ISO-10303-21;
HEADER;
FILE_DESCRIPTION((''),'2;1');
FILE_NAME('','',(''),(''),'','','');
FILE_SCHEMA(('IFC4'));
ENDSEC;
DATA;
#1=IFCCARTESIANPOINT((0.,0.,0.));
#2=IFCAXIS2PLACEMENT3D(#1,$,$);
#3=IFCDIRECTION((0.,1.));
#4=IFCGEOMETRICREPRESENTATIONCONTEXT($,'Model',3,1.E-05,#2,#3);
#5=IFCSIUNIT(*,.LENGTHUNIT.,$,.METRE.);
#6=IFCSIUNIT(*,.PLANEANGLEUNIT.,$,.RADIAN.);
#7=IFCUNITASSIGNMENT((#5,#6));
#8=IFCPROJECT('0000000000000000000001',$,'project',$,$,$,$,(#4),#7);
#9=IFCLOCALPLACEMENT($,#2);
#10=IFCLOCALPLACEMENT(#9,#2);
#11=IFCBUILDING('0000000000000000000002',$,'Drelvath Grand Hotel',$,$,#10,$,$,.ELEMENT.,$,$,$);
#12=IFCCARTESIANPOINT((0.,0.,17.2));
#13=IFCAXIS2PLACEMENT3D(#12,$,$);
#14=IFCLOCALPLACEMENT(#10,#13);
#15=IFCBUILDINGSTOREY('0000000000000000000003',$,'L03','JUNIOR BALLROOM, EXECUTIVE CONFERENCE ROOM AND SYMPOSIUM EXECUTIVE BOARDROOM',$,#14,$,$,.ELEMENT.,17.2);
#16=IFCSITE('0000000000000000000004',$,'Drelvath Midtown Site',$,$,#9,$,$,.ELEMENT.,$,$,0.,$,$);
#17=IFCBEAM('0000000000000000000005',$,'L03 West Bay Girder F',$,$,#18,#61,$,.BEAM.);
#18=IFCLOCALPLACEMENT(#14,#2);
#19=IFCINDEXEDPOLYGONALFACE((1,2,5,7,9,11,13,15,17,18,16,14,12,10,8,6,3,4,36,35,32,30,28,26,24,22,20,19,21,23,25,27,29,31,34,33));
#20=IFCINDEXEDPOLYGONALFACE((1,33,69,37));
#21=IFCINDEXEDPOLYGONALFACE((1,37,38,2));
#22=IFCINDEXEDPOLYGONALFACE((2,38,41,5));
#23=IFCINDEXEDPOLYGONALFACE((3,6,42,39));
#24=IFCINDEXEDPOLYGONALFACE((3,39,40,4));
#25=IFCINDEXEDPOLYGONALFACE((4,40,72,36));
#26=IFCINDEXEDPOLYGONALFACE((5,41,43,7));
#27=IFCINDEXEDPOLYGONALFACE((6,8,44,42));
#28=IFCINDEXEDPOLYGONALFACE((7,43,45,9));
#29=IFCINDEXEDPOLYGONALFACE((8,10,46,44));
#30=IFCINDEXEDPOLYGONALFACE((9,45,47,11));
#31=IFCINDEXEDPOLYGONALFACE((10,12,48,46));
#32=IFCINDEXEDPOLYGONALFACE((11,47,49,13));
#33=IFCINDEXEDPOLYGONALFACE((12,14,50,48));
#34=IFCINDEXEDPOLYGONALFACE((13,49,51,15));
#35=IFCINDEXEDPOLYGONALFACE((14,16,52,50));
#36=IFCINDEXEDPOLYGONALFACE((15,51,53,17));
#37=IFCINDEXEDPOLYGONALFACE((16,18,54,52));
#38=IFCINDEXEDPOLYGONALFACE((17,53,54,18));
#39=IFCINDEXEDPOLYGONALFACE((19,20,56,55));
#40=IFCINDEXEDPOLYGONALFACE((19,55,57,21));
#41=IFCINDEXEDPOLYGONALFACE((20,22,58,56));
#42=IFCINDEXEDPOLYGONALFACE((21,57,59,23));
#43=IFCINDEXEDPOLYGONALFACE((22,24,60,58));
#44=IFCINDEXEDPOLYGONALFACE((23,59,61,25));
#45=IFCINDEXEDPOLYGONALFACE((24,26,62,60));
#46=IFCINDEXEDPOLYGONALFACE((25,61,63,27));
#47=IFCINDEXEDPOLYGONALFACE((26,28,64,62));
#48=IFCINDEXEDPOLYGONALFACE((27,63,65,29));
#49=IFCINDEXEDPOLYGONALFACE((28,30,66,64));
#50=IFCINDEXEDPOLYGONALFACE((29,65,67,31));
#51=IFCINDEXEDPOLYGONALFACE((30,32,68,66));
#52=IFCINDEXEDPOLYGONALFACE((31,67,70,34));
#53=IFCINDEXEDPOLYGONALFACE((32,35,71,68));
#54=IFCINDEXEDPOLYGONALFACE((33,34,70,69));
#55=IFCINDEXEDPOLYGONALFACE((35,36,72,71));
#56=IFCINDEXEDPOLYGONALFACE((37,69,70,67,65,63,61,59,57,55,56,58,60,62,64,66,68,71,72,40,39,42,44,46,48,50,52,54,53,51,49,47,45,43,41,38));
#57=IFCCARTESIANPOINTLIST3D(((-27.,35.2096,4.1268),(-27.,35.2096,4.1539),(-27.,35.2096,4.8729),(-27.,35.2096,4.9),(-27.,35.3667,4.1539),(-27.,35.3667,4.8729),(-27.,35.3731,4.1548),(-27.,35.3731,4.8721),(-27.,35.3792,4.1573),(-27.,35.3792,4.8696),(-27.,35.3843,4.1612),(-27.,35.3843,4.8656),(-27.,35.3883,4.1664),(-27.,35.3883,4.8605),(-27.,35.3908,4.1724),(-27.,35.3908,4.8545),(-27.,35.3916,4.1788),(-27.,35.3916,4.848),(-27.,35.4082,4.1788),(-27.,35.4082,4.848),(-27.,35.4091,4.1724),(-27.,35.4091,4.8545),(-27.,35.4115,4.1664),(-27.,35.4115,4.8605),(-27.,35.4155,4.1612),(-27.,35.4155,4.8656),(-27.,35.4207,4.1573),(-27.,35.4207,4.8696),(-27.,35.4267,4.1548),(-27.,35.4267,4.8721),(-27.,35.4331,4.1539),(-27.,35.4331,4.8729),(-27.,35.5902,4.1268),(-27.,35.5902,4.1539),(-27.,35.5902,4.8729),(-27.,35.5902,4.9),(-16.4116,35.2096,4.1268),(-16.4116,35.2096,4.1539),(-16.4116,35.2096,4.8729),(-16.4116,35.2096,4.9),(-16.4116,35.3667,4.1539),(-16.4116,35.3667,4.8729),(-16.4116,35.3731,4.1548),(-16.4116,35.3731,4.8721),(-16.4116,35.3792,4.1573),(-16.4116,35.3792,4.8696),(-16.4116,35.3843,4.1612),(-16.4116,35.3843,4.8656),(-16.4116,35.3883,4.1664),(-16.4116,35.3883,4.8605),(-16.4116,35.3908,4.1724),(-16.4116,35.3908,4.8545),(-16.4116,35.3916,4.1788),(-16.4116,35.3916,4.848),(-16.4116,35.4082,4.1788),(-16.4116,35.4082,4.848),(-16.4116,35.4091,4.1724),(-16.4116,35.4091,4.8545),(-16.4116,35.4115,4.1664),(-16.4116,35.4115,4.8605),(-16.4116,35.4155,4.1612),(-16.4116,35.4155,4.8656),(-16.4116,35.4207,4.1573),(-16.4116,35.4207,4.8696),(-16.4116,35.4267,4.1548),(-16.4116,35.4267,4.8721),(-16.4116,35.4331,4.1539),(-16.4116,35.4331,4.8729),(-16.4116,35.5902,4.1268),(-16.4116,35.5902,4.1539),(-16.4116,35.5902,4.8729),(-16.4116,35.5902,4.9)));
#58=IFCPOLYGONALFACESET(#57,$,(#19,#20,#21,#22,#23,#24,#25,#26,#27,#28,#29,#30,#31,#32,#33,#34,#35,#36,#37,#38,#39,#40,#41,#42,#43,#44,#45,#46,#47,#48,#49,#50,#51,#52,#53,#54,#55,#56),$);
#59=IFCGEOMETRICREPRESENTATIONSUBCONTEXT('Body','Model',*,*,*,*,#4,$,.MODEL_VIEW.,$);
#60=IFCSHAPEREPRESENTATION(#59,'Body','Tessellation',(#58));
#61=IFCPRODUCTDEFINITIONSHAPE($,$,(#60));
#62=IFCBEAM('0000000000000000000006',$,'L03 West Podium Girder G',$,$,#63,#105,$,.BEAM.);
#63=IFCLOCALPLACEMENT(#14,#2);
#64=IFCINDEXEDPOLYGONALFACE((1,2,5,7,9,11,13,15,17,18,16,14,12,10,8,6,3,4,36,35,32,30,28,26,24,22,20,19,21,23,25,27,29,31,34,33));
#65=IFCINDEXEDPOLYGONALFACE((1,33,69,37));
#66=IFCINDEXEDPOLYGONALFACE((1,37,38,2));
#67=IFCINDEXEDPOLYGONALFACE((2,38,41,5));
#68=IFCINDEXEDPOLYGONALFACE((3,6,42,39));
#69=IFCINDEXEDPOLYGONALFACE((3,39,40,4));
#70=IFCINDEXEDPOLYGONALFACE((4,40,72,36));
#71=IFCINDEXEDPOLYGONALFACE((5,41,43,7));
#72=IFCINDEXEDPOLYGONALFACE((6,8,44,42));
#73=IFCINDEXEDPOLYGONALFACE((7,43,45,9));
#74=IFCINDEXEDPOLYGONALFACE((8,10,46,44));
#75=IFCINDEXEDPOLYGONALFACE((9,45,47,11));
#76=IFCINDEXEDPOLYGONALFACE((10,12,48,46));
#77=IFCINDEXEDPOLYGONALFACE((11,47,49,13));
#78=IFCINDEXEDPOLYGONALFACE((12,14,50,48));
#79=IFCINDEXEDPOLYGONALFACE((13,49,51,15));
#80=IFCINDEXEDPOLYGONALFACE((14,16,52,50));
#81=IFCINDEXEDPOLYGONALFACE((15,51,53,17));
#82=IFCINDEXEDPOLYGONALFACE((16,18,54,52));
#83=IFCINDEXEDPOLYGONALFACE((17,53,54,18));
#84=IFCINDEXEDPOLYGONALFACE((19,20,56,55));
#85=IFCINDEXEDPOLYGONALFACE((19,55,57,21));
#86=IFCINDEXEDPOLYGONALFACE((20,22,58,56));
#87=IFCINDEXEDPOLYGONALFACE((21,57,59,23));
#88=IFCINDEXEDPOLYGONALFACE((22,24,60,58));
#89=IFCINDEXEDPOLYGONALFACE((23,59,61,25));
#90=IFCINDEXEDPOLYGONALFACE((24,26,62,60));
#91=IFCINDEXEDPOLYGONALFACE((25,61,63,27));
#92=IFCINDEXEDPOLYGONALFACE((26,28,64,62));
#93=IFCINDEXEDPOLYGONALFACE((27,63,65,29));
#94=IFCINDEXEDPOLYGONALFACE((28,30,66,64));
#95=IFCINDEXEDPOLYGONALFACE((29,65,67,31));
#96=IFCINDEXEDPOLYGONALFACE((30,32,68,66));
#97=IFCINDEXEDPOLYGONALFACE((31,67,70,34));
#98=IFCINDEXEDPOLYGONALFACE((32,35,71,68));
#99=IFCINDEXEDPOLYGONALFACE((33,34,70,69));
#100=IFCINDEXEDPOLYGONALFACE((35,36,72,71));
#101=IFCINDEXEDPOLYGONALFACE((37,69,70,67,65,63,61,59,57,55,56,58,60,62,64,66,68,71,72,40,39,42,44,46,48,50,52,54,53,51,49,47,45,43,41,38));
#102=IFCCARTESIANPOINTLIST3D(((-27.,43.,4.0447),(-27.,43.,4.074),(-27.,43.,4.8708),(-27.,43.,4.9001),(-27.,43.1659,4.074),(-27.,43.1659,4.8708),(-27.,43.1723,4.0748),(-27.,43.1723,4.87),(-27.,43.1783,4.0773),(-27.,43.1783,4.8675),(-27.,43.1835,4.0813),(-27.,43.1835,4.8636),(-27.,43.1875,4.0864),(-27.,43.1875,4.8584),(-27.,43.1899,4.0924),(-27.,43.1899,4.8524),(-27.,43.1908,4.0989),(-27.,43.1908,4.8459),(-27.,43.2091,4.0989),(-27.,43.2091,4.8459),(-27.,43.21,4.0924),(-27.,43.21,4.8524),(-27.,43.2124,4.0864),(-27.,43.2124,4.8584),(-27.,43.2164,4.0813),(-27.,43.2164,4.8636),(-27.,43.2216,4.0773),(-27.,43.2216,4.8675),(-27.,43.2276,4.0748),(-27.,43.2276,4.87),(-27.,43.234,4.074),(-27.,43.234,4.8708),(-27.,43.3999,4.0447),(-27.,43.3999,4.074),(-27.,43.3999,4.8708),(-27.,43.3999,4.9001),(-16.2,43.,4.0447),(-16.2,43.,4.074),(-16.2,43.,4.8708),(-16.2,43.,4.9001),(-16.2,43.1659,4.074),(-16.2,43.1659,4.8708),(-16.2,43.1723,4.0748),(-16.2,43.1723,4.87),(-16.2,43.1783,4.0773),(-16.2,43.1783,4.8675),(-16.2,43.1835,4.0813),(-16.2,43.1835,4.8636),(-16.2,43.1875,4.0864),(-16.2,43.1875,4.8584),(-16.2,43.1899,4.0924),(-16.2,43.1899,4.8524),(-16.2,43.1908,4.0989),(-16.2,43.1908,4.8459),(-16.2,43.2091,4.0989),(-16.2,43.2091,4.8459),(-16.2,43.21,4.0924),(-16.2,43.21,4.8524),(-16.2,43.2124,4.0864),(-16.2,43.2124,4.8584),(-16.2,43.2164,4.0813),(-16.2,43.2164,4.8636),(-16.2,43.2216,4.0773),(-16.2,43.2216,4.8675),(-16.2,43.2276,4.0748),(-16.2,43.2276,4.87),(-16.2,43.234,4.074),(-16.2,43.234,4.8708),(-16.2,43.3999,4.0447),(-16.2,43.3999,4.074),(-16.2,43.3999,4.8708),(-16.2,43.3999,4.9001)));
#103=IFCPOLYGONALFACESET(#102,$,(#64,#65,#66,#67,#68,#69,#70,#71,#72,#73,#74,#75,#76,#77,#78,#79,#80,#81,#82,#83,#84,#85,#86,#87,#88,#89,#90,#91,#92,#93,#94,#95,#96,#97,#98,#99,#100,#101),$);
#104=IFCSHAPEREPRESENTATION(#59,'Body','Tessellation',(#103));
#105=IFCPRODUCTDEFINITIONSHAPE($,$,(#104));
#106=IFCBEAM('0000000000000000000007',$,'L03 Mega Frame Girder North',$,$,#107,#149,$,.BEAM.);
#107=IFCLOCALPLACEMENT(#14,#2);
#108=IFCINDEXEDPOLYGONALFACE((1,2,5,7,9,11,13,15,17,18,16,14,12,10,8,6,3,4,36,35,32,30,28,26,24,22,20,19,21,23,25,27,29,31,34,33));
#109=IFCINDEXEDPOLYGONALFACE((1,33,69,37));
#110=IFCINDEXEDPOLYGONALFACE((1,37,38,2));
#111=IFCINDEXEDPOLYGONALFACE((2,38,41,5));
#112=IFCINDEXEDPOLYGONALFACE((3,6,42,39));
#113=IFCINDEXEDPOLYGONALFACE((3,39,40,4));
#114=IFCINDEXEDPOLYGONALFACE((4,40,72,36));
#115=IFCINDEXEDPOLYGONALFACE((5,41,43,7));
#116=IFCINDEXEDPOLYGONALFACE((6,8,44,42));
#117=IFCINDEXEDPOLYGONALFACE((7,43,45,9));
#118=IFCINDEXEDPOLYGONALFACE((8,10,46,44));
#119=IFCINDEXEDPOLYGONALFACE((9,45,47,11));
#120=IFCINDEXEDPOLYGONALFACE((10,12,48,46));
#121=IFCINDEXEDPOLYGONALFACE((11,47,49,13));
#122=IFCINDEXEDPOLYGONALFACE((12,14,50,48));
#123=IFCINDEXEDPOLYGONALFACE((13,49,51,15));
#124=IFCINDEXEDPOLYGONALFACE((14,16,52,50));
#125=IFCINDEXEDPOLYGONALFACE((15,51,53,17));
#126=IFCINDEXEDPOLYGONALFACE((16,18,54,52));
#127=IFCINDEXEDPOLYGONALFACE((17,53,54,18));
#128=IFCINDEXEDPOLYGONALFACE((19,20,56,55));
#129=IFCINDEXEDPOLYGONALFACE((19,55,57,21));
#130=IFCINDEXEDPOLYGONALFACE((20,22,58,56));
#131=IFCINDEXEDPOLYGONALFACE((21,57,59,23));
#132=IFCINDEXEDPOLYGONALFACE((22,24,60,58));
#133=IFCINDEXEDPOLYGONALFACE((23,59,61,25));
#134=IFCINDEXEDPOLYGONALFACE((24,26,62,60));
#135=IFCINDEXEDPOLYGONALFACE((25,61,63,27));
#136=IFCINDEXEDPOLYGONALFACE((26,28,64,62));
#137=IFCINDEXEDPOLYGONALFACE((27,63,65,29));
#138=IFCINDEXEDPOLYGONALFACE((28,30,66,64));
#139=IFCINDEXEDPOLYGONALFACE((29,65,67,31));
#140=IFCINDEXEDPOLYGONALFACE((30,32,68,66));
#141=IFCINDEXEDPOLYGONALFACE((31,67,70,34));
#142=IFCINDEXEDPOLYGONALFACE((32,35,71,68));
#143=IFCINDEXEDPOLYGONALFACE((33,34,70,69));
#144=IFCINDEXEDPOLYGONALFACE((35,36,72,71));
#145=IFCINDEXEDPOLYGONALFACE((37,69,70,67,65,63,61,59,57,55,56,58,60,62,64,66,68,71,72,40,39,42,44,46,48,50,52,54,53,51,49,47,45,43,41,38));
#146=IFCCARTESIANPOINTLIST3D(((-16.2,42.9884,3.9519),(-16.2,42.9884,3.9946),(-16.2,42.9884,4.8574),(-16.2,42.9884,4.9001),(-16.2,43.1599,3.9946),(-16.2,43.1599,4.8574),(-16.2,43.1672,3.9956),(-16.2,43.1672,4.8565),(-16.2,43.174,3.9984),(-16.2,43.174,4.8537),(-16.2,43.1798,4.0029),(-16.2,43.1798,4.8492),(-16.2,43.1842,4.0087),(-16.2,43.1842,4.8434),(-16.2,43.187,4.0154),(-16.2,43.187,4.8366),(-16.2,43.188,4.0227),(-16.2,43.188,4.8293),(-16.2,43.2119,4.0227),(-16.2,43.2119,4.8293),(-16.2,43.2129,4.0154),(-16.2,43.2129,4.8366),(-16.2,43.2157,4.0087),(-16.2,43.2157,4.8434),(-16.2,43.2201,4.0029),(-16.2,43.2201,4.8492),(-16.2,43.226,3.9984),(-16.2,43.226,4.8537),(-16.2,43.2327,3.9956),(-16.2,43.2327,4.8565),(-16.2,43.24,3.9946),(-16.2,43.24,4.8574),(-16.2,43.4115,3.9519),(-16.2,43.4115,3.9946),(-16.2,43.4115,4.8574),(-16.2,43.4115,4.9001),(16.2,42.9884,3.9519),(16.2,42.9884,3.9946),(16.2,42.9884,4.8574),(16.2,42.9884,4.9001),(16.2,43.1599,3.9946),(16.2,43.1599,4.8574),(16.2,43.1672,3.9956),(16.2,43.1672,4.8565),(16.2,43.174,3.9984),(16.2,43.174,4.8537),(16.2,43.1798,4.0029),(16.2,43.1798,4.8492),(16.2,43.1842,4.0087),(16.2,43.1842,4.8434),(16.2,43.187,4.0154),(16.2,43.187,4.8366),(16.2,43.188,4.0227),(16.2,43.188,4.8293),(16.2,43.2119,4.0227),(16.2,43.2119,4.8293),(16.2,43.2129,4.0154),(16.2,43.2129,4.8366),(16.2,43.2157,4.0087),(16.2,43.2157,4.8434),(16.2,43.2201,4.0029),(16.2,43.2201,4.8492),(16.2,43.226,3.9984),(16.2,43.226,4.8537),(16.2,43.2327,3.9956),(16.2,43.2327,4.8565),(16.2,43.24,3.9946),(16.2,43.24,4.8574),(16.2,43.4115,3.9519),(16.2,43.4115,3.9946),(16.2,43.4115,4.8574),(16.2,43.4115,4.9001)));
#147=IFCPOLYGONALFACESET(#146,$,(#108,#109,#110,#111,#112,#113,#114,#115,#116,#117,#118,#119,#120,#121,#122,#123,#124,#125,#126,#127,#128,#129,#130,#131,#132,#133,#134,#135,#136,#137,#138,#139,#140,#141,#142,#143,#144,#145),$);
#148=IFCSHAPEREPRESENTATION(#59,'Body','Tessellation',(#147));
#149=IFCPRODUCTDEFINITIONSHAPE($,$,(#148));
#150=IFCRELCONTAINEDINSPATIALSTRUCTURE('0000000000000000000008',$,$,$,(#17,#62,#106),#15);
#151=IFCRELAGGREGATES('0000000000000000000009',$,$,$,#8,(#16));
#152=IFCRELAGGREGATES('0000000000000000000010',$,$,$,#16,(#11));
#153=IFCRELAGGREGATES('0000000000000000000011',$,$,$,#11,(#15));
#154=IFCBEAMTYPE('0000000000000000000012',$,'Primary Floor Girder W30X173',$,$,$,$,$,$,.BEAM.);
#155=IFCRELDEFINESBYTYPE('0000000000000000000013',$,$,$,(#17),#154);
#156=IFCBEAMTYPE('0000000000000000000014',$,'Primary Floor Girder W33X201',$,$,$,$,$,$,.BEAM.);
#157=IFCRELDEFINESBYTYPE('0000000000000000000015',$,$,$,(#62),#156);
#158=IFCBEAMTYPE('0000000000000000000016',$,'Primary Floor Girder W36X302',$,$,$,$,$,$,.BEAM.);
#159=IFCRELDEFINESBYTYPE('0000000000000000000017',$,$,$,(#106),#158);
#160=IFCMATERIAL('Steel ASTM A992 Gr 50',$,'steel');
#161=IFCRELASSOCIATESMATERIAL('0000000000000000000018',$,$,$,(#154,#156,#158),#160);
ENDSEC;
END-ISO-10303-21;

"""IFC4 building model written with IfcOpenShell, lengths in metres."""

from ifc_helpers import new_model, si_unit, direction, frame, origin, origin_2d, place, context, subcontext, project, spatial, i_section, extrude, material, material_profile, profile_set, type_object, element, save


model = new_model("IFC4")

# Units and contexts
model_context = context("Model", 3, precision=1e-05, world=origin(), true_north=direction((0.0, 1.0)))
body_context = subcontext(model_context, "Body", "Model", "MODEL_VIEW")
ifc_project = project(units=[si_unit("LENGTHUNIT", "METRE"), si_unit("PLANEANGLEUNIT", "RADIAN")], contexts=[model_context])

# Site, building, storey
site_placement = place(None, origin())
site = spatial("IfcSite", under=ifc_project, at=site_placement, Name="Drelvath Midtown Site", CompositionType="ELEMENT", RefElevation=0.0)
building_placement = place(site_placement, origin())
building = spatial("IfcBuilding", under=site, at=building_placement, Name="Drelvath Grand Hotel", CompositionType="ELEMENT")
storey_placement = place(building_placement, frame((0.0, 0.0, 17.2)))
storey = spatial("IfcBuildingStorey", under=building, at=storey_placement, Name="L03", Description="JUNIOR BALLROOM, EXECUTIVE CONFERENCE ROOM AND SYMPOSIUM EXECUTIVE BOARDROOM", CompositionType="ELEMENT", Elevation=17.2)

# Beams
ifc_material_1 = material(Name="Steel ASTM A992 Gr 50", Category="steel")
ifc_material_profile_1 = material_profile(ifc_material_1, i_section(OverallWidth=0.3806, OverallDepth=0.7732, WebThickness=0.0166, FlangeThickness=0.0271, FilletRadius=0.0249, at=origin_2d()), Name="W30X173")
ifc_profile_set_1 = profile_set([ifc_material_profile_1], Name="Steel ASTM A992 Gr 50")
beam_type_1 = type_object("IfcBeamType", Name="Primary Floor Girder W30X173", PredefinedType="BEAM", material=ifc_profile_set_1)
beam_1_placement = place(storey_placement, frame((-27.0, 35.3999, 4.5134), z_axis=(1.0, 0.0, 0.0), x_axis=(0.0, 1.0, 0.0)))
element("IfcBeam", 1, at=beam_1_placement, inside=storey, type_object=beam_type_1, Name="L03 West Bay Girder F", PredefinedType="BEAM", context=body_context, shape_type="SweptSolid", body=[
    extrude(i_section(OverallWidth=0.3806, OverallDepth=0.7732, WebThickness=0.0166, FlangeThickness=0.0271, FilletRadius=0.0249, at=origin_2d()), origin(), (0.0, 0.0, 1.0), 10.5884),
])
ifc_material_profile_2 = material_profile(ifc_material_1, i_section(OverallWidth=0.3999, OverallDepth=0.8555, WebThickness=0.0183, FlangeThickness=0.0293, FilletRadius=0.0249, at=origin_2d()), Name="W33X201")
ifc_profile_set_2 = profile_set([ifc_material_profile_2], Name="Steel ASTM A992 Gr 50")
beam_type_2 = type_object("IfcBeamType", Name="Primary Floor Girder W33X201", PredefinedType="BEAM", material=ifc_profile_set_2)
beam_2_placement = place(storey_placement, frame((-27.0, 43.2, 4.4724), z_axis=(1.0, 0.0, 0.0), x_axis=(0.0, 1.0, 0.0)))
element("IfcBeam", 2, at=beam_2_placement, inside=storey, type_object=beam_type_2, Name="L03 West Podium Girder G", PredefinedType="BEAM", context=body_context, shape_type="SweptSolid", body=[
    extrude(i_section(OverallWidth=0.3999, OverallDepth=0.8555, WebThickness=0.0183, FlangeThickness=0.0293, FilletRadius=0.0249, at=origin_2d()), origin(), (0.0, 0.0, 1.0), 10.8),
])
ifc_material_profile_3 = material_profile(ifc_material_1, i_section(OverallWidth=0.4231, OverallDepth=0.9482, WebThickness=0.0239, FlangeThickness=0.0427, FilletRadius=0.0281, at=origin_2d()), Name="W36X302")
ifc_profile_set_3 = profile_set([ifc_material_profile_3], Name="Steel ASTM A992 Gr 50")
beam_type_3 = type_object("IfcBeamType", Name="Primary Floor Girder W36X302", PredefinedType="BEAM", material=ifc_profile_set_3)
beam_3_placement = place(storey_placement, frame((-16.2, 43.2, 4.426), z_axis=(1.0, 0.0, 0.0), x_axis=(0.0, 1.0, 0.0)))
element("IfcBeam", 3, at=beam_3_placement, inside=storey, type_object=beam_type_3, Name="L03 Mega Frame Girder North", PredefinedType="BEAM", context=body_context, shape_type="SweptSolid", body=[
    extrude(i_section(OverallWidth=0.4231, OverallDepth=0.9482, WebThickness=0.0239, FlangeThickness=0.0427, FilletRadius=0.0281, at=origin_2d()), origin(), (0.0, 0.0, 1.0), 32.3999),
])

save(model, "model.ifc")
